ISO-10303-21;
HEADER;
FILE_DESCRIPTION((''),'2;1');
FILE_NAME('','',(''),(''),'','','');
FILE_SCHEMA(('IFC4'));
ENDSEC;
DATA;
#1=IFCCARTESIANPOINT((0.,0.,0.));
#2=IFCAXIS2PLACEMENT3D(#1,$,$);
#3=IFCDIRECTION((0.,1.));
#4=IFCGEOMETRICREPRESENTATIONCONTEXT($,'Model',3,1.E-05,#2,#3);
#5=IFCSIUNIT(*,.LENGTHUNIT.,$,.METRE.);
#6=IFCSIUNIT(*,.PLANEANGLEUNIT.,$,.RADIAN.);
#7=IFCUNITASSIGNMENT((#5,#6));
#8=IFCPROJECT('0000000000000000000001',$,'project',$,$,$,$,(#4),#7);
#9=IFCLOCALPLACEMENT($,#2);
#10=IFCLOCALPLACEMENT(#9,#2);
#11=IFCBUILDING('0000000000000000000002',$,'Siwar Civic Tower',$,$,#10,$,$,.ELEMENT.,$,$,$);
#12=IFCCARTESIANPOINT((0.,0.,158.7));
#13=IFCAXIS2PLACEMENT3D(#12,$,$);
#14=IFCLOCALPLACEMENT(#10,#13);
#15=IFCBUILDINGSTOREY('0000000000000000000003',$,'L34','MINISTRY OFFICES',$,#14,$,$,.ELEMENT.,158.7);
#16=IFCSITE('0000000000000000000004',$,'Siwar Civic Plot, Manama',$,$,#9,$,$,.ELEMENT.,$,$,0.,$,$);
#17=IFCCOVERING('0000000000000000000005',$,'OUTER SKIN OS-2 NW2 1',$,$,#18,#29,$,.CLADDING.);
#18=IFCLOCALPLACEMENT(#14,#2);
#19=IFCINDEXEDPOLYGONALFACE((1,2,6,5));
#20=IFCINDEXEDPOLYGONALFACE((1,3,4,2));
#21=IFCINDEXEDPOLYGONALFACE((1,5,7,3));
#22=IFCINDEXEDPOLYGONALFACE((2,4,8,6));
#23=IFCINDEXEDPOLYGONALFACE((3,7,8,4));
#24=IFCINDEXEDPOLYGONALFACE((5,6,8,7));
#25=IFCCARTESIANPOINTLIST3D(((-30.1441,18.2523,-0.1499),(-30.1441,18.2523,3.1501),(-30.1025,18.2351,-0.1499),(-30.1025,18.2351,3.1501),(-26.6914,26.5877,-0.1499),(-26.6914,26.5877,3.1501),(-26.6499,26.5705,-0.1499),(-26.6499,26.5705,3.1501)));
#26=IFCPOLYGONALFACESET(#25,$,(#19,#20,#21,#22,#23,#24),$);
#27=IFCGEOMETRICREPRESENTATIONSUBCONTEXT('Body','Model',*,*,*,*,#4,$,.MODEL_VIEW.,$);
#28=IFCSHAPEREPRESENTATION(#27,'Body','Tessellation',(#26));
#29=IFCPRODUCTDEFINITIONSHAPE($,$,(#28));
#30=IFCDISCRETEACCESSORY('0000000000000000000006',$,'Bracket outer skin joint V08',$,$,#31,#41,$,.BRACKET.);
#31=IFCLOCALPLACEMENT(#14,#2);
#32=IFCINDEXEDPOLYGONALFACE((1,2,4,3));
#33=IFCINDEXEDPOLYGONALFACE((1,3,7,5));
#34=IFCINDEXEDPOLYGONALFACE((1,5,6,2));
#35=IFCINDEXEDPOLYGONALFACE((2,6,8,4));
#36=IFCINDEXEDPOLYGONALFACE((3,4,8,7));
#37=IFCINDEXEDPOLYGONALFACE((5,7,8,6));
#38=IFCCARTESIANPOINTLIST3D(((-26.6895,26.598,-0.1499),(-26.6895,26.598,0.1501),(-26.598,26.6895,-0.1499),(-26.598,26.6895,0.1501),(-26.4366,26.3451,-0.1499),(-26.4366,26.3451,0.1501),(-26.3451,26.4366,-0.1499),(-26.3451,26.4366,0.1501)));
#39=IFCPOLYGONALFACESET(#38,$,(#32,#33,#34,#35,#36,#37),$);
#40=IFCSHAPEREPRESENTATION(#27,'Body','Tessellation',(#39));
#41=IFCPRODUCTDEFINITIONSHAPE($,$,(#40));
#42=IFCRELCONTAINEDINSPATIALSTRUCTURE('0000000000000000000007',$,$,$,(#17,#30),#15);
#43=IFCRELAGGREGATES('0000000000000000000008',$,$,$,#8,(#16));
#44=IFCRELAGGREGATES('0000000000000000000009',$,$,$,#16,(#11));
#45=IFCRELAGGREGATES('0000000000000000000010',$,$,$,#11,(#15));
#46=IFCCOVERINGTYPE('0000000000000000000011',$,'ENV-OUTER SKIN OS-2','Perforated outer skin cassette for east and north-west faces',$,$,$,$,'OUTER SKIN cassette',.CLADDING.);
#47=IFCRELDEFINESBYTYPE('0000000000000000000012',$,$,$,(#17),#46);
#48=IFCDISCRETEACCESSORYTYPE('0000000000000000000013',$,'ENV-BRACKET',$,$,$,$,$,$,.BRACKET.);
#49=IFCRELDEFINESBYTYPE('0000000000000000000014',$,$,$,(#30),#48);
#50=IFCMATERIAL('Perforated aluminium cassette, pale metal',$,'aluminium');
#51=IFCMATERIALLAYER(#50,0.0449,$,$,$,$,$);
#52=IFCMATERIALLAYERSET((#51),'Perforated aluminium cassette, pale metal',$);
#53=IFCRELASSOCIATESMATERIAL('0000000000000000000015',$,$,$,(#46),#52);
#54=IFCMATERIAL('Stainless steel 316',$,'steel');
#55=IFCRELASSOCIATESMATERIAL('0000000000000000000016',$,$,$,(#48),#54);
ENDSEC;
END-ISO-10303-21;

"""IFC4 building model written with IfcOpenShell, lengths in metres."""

from ifc_helpers import new_model, si_unit, direction, frame, origin, origin_2d, place, context, subcontext, project, spatial, rectangle, extrude, material, layer, layer_set, type_object, element, save


model = new_model("IFC4")

# Units and contexts
model_context = context("Model", 3, precision=1e-05, world=origin(), true_north=direction((0.0, 1.0)))
body_context = subcontext(model_context, "Body", "Model", "MODEL_VIEW")
ifc_project = project(units=[si_unit("LENGTHUNIT", "METRE"), si_unit("PLANEANGLEUNIT", "RADIAN")], contexts=[model_context])

# Site, building, storey
site_placement = place(None, origin())
site = spatial("IfcSite", under=ifc_project, at=site_placement, Name="Siwar Civic Plot, Manama", CompositionType="ELEMENT", RefElevation=0.0)
building_placement = place(site_placement, origin())
building = spatial("IfcBuilding", under=site, at=building_placement, Name="Siwar Civic Tower", CompositionType="ELEMENT")
storey_placement = place(building_placement, frame((0.0, 0.0, 158.7)))
storey = spatial("IfcBuildingStorey", under=building, at=storey_placement, Name="L34", Description="MINISTRY OFFICES", CompositionType="ELEMENT", Elevation=158.7)

# Covering
ifc_material_1 = material(Name="Perforated aluminium cassette, pale metal", Category="aluminium")
ifc_layer_1 = layer(ifc_material_1, 0.0449)
ifc_layer_set_1 = layer_set([ifc_layer_1], Name="Perforated aluminium cassette, pale metal")
covering_type = type_object("IfcCoveringType", Name="ENV-OUTER SKIN OS-2", Description="Perforated outer skin cassette for east and north-west faces", ElementType="OUTER SKIN cassette", PredefinedType="CLADDING", material=ifc_layer_set_1)
covering_placement = place(storey_placement, frame((-28.397, 22.4114, -0.1499), z_axis=(0.0, 0.0, 1.0), x_axis=(-0.382683, -0.92388, 0.0)))
element("IfcCovering", 1, at=covering_placement, inside=storey, type_object=covering_type, Name="OUTER SKIN OS-2 NW2 1", PredefinedType="CLADDING", context=body_context, shape_type="SweptSolid", body=[
    extrude(rectangle(XDim=9.0222, YDim=0.0449, at=origin_2d()), origin(), (0.0, 0.0, 1.0), 3.3),
])

# Discrete accessory
ifc_material_2 = material(Name="Stainless steel 316", Category="steel")
discrete_accessory_type = type_object("IfcDiscreteAccessoryType", Name="ENV-BRACKET", PredefinedType="BRACKET", material=ifc_material_2)
discrete_accessory_placement = place(storey_placement, frame((-26.5173, 26.5173, -0.1499), z_axis=(0.0, 0.0, 1.0), x_axis=(-0.707107, 0.707107, 0.0)))
element("IfcDiscreteAccessory", 2, at=discrete_accessory_placement, inside=storey, type_object=discrete_accessory_type, Name="Bracket outer skin joint V08", PredefinedType="BRACKET", context=body_context, shape_type="SweptSolid", body=[
    extrude(rectangle(XDim=0.3577, YDim=0.1294, at=origin_2d()), origin(), (0.0, 0.0, 1.0), 0.3),
])

save(model, "model.ifc")
